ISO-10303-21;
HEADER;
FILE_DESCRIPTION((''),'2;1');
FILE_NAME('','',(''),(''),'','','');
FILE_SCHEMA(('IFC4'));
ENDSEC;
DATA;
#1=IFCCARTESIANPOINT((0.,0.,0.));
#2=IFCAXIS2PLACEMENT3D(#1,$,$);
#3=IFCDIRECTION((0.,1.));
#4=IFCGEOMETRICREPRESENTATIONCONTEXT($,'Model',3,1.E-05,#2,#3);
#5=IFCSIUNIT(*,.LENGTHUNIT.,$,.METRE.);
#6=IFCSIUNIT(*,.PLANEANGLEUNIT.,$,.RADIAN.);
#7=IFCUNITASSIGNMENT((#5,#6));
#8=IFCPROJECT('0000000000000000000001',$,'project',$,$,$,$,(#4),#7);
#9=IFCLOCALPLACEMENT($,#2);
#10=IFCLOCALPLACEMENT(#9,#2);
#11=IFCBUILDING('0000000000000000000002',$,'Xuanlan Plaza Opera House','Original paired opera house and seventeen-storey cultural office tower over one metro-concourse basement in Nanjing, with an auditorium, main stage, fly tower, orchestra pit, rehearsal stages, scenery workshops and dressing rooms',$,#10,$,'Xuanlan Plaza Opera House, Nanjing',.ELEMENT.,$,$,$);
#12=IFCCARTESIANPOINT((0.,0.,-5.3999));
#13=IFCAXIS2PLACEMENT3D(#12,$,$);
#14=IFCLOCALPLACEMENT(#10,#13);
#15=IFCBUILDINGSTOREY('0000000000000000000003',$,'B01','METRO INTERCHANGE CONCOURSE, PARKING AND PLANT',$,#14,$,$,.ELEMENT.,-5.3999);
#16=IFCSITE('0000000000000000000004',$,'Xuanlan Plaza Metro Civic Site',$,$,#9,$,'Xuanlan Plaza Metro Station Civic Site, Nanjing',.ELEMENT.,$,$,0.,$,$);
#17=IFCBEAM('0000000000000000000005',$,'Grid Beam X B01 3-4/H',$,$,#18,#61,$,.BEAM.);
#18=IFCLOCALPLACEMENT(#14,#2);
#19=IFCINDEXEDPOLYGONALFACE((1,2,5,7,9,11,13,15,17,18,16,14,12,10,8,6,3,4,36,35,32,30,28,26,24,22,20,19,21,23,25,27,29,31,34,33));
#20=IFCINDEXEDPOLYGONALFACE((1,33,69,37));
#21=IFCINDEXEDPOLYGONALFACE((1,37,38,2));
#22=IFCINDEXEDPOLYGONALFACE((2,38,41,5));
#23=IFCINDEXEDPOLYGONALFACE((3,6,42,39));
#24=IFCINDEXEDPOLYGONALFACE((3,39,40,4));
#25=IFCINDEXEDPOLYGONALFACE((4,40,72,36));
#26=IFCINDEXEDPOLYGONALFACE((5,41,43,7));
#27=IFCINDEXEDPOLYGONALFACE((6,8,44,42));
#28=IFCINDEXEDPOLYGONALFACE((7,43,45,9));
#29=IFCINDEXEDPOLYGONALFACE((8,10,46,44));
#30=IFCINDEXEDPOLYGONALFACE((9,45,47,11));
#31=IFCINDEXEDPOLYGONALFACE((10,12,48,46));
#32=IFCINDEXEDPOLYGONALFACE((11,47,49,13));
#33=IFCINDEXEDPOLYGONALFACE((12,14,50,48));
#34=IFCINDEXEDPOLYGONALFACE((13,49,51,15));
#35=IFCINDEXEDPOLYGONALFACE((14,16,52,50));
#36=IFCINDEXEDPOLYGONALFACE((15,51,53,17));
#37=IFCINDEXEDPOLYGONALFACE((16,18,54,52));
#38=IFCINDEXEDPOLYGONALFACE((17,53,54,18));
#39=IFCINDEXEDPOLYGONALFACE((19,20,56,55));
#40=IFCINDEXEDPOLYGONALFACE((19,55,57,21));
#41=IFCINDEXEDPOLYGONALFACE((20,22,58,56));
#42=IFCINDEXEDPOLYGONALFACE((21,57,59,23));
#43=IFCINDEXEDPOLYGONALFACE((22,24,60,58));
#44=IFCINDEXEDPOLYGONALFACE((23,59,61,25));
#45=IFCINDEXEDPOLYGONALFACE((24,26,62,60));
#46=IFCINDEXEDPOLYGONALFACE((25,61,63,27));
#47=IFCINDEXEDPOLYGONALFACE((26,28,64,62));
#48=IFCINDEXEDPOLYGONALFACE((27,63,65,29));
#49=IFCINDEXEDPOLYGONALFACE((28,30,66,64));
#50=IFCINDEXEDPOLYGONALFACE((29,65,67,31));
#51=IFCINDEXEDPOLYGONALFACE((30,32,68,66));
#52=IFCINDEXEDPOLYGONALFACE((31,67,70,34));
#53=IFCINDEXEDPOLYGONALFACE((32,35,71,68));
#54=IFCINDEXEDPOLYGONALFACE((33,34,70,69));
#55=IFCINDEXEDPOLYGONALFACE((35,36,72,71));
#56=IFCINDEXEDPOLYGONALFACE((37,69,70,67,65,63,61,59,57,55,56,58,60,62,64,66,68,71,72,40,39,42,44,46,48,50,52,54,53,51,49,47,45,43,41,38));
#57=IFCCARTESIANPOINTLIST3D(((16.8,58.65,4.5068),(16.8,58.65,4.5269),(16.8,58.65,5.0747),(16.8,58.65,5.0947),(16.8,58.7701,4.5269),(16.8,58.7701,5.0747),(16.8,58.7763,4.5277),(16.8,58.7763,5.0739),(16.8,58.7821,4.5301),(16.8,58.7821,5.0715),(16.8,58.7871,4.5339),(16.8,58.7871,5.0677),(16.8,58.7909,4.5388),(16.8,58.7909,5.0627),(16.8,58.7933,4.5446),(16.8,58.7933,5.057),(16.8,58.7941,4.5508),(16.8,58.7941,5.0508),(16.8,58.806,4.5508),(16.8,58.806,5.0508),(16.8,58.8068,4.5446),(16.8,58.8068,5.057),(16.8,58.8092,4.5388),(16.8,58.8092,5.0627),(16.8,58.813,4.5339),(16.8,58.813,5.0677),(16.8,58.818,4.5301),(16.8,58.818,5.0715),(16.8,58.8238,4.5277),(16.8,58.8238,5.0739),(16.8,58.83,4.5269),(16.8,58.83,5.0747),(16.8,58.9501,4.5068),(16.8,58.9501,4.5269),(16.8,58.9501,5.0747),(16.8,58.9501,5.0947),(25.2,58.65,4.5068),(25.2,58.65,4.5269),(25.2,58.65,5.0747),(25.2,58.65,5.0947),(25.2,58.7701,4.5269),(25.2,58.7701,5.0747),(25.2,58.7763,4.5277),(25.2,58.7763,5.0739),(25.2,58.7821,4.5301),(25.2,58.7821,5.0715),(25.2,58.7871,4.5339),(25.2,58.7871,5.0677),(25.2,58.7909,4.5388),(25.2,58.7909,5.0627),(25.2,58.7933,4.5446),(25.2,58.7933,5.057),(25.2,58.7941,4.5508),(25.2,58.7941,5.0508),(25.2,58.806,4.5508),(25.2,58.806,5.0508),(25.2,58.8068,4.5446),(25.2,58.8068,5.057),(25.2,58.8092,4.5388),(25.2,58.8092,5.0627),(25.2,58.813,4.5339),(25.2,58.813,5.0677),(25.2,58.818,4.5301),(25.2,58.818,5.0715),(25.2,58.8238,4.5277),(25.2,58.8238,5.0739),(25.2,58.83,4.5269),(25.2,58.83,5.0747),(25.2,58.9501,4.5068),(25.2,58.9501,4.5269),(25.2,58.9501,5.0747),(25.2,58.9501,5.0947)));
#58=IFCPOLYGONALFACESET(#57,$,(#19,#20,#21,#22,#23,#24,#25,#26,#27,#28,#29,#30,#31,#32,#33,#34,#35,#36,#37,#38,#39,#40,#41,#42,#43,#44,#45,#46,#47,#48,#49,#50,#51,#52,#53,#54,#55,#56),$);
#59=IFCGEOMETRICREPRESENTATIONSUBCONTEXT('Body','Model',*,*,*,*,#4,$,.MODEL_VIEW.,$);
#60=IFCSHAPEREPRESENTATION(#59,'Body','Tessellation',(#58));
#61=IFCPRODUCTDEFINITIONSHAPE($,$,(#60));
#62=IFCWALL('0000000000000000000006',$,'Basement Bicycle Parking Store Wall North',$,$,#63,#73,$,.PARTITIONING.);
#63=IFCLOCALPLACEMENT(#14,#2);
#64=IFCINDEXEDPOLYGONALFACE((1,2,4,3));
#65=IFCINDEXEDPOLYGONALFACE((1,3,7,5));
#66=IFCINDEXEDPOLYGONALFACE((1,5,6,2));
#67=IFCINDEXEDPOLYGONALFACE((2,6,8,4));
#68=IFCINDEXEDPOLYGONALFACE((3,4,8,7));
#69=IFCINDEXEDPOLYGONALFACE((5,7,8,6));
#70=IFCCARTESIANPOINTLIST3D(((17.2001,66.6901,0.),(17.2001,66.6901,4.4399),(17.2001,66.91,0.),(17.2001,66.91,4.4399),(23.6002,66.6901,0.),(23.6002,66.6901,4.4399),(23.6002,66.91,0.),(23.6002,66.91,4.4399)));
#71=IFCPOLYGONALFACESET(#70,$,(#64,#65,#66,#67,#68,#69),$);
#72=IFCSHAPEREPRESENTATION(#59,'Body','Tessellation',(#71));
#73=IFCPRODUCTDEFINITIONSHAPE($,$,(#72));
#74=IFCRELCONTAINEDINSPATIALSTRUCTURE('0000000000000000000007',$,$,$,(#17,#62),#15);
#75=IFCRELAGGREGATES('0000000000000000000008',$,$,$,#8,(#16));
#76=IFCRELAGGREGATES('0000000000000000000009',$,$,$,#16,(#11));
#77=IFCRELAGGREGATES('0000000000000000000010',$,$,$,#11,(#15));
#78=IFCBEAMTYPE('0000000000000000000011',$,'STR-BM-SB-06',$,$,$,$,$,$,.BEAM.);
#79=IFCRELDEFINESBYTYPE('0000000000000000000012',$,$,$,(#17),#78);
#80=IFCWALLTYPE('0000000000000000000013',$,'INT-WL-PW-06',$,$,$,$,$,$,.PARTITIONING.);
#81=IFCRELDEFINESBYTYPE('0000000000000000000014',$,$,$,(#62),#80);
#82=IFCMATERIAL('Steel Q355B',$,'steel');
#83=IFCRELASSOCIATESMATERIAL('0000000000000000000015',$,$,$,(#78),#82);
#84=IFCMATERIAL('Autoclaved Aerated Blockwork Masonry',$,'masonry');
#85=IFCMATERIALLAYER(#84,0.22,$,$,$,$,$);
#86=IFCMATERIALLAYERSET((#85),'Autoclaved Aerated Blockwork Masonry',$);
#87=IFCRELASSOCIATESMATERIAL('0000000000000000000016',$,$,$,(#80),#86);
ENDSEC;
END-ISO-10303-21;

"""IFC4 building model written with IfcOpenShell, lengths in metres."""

from ifc_helpers import new_model, si_unit, direction, frame, frame_2d, origin, origin_2d, place, context, subcontext, project, spatial, rectangle, i_section, extrude, material, layer, layer_set, material_profile, profile_set, type_object, element, save


model = new_model("IFC4")

# Units and contexts
model_context = context("Model", 3, precision=1e-05, world=origin(), true_north=direction((0.0, 1.0)))
body_context = subcontext(model_context, "Body", "Model", "MODEL_VIEW")
ifc_project = project(units=[si_unit("LENGTHUNIT", "METRE"), si_unit("PLANEANGLEUNIT", "RADIAN")], contexts=[model_context])

# Site, building, storey
site_placement = place(None, origin())
site = spatial("IfcSite", under=ifc_project, at=site_placement, Name="Xuanlan Plaza Metro Civic Site", LongName="Xuanlan Plaza Metro Station Civic Site, Nanjing", CompositionType="ELEMENT", RefElevation=0.0)
building_placement = place(site_placement, origin())
building = spatial("IfcBuilding", under=site, at=building_placement, Name="Xuanlan Plaza Opera House", Description="Original paired opera house and seventeen-storey cultural office tower over one metro-concourse basement in Nanjing, with an auditorium, main stage, fly tower, orchestra pit, rehearsal stages, scenery workshops and dressing rooms", LongName="Xuanlan Plaza Opera House, Nanjing", CompositionType="ELEMENT")
storey_placement = place(building_placement, frame((0.0, 0.0, -5.3999)))
storey = spatial("IfcBuildingStorey", under=building, at=storey_placement, Name="B01", Description="METRO INTERCHANGE CONCOURSE, PARKING AND PLANT", CompositionType="ELEMENT", Elevation=-5.3999)

# Beam
ifc_material_1 = material(Name="Steel Q355B", Category="steel")
ifc_material_profile_1 = material_profile(ifc_material_1, i_section(OverallWidth=0.3, OverallDepth=0.5879, WebThickness=0.012, FlangeThickness=0.02, FilletRadius=0.0239, at=origin_2d()), Name="HM 588x300x12x20")
ifc_profile_set_1 = profile_set([ifc_material_profile_1], Name="Steel Q355B")
beam_type_1 = type_object("IfcBeamType", Name="STR-BM-SB-06", PredefinedType="BEAM", material=ifc_profile_set_1)
beam_1_placement = place(storey_placement, frame((16.8, 58.8, 4.8008), z_axis=(1.0, 0.0, 0.0), x_axis=(0.0, 1.0, 0.0)))
element("IfcBeam", 1, at=beam_1_placement, inside=storey, type_object=beam_type_1, Name="Grid Beam X B01 3-4/H", PredefinedType="BEAM", context=body_context, shape_type="SweptSolid", body=[
    extrude(i_section(OverallWidth=0.3, OverallDepth=0.5879, WebThickness=0.012, FlangeThickness=0.02, FilletRadius=0.0239, at=origin_2d()), origin(), (0.0, 0.0, 1.0), 8.3999),
])

# Wall
ifc_material_2 = material(Name="Autoclaved Aerated Blockwork Masonry", Category="masonry")
ifc_layer = layer(ifc_material_2, 0.22)
ifc_layer_set = layer_set([ifc_layer], Name="Autoclaved Aerated Blockwork Masonry")
wall_type = type_object("IfcWallType", Name="INT-WL-PW-06", PredefinedType="PARTITIONING", material=ifc_layer_set)
wall_placement = place(storey_placement, frame((17.2, 66.8, 0.0), z_axis=(0.0, 0.0, 1.0), x_axis=(1.0, 0.0, 0.0)))
element("IfcWall", 2, at=wall_placement, inside=storey, type_object=wall_type, Name="Basement Bicycle Parking Store Wall North", PredefinedType="PARTITIONING", context=body_context, shape_type="SweptSolid", body=[
    extrude(rectangle(XDim=6.4001, YDim=0.22, at=frame_2d((3.2002, 0.0))), origin(), (0.0, 0.0, 1.0), 4.4399),
])

save(model, "model.ifc")
